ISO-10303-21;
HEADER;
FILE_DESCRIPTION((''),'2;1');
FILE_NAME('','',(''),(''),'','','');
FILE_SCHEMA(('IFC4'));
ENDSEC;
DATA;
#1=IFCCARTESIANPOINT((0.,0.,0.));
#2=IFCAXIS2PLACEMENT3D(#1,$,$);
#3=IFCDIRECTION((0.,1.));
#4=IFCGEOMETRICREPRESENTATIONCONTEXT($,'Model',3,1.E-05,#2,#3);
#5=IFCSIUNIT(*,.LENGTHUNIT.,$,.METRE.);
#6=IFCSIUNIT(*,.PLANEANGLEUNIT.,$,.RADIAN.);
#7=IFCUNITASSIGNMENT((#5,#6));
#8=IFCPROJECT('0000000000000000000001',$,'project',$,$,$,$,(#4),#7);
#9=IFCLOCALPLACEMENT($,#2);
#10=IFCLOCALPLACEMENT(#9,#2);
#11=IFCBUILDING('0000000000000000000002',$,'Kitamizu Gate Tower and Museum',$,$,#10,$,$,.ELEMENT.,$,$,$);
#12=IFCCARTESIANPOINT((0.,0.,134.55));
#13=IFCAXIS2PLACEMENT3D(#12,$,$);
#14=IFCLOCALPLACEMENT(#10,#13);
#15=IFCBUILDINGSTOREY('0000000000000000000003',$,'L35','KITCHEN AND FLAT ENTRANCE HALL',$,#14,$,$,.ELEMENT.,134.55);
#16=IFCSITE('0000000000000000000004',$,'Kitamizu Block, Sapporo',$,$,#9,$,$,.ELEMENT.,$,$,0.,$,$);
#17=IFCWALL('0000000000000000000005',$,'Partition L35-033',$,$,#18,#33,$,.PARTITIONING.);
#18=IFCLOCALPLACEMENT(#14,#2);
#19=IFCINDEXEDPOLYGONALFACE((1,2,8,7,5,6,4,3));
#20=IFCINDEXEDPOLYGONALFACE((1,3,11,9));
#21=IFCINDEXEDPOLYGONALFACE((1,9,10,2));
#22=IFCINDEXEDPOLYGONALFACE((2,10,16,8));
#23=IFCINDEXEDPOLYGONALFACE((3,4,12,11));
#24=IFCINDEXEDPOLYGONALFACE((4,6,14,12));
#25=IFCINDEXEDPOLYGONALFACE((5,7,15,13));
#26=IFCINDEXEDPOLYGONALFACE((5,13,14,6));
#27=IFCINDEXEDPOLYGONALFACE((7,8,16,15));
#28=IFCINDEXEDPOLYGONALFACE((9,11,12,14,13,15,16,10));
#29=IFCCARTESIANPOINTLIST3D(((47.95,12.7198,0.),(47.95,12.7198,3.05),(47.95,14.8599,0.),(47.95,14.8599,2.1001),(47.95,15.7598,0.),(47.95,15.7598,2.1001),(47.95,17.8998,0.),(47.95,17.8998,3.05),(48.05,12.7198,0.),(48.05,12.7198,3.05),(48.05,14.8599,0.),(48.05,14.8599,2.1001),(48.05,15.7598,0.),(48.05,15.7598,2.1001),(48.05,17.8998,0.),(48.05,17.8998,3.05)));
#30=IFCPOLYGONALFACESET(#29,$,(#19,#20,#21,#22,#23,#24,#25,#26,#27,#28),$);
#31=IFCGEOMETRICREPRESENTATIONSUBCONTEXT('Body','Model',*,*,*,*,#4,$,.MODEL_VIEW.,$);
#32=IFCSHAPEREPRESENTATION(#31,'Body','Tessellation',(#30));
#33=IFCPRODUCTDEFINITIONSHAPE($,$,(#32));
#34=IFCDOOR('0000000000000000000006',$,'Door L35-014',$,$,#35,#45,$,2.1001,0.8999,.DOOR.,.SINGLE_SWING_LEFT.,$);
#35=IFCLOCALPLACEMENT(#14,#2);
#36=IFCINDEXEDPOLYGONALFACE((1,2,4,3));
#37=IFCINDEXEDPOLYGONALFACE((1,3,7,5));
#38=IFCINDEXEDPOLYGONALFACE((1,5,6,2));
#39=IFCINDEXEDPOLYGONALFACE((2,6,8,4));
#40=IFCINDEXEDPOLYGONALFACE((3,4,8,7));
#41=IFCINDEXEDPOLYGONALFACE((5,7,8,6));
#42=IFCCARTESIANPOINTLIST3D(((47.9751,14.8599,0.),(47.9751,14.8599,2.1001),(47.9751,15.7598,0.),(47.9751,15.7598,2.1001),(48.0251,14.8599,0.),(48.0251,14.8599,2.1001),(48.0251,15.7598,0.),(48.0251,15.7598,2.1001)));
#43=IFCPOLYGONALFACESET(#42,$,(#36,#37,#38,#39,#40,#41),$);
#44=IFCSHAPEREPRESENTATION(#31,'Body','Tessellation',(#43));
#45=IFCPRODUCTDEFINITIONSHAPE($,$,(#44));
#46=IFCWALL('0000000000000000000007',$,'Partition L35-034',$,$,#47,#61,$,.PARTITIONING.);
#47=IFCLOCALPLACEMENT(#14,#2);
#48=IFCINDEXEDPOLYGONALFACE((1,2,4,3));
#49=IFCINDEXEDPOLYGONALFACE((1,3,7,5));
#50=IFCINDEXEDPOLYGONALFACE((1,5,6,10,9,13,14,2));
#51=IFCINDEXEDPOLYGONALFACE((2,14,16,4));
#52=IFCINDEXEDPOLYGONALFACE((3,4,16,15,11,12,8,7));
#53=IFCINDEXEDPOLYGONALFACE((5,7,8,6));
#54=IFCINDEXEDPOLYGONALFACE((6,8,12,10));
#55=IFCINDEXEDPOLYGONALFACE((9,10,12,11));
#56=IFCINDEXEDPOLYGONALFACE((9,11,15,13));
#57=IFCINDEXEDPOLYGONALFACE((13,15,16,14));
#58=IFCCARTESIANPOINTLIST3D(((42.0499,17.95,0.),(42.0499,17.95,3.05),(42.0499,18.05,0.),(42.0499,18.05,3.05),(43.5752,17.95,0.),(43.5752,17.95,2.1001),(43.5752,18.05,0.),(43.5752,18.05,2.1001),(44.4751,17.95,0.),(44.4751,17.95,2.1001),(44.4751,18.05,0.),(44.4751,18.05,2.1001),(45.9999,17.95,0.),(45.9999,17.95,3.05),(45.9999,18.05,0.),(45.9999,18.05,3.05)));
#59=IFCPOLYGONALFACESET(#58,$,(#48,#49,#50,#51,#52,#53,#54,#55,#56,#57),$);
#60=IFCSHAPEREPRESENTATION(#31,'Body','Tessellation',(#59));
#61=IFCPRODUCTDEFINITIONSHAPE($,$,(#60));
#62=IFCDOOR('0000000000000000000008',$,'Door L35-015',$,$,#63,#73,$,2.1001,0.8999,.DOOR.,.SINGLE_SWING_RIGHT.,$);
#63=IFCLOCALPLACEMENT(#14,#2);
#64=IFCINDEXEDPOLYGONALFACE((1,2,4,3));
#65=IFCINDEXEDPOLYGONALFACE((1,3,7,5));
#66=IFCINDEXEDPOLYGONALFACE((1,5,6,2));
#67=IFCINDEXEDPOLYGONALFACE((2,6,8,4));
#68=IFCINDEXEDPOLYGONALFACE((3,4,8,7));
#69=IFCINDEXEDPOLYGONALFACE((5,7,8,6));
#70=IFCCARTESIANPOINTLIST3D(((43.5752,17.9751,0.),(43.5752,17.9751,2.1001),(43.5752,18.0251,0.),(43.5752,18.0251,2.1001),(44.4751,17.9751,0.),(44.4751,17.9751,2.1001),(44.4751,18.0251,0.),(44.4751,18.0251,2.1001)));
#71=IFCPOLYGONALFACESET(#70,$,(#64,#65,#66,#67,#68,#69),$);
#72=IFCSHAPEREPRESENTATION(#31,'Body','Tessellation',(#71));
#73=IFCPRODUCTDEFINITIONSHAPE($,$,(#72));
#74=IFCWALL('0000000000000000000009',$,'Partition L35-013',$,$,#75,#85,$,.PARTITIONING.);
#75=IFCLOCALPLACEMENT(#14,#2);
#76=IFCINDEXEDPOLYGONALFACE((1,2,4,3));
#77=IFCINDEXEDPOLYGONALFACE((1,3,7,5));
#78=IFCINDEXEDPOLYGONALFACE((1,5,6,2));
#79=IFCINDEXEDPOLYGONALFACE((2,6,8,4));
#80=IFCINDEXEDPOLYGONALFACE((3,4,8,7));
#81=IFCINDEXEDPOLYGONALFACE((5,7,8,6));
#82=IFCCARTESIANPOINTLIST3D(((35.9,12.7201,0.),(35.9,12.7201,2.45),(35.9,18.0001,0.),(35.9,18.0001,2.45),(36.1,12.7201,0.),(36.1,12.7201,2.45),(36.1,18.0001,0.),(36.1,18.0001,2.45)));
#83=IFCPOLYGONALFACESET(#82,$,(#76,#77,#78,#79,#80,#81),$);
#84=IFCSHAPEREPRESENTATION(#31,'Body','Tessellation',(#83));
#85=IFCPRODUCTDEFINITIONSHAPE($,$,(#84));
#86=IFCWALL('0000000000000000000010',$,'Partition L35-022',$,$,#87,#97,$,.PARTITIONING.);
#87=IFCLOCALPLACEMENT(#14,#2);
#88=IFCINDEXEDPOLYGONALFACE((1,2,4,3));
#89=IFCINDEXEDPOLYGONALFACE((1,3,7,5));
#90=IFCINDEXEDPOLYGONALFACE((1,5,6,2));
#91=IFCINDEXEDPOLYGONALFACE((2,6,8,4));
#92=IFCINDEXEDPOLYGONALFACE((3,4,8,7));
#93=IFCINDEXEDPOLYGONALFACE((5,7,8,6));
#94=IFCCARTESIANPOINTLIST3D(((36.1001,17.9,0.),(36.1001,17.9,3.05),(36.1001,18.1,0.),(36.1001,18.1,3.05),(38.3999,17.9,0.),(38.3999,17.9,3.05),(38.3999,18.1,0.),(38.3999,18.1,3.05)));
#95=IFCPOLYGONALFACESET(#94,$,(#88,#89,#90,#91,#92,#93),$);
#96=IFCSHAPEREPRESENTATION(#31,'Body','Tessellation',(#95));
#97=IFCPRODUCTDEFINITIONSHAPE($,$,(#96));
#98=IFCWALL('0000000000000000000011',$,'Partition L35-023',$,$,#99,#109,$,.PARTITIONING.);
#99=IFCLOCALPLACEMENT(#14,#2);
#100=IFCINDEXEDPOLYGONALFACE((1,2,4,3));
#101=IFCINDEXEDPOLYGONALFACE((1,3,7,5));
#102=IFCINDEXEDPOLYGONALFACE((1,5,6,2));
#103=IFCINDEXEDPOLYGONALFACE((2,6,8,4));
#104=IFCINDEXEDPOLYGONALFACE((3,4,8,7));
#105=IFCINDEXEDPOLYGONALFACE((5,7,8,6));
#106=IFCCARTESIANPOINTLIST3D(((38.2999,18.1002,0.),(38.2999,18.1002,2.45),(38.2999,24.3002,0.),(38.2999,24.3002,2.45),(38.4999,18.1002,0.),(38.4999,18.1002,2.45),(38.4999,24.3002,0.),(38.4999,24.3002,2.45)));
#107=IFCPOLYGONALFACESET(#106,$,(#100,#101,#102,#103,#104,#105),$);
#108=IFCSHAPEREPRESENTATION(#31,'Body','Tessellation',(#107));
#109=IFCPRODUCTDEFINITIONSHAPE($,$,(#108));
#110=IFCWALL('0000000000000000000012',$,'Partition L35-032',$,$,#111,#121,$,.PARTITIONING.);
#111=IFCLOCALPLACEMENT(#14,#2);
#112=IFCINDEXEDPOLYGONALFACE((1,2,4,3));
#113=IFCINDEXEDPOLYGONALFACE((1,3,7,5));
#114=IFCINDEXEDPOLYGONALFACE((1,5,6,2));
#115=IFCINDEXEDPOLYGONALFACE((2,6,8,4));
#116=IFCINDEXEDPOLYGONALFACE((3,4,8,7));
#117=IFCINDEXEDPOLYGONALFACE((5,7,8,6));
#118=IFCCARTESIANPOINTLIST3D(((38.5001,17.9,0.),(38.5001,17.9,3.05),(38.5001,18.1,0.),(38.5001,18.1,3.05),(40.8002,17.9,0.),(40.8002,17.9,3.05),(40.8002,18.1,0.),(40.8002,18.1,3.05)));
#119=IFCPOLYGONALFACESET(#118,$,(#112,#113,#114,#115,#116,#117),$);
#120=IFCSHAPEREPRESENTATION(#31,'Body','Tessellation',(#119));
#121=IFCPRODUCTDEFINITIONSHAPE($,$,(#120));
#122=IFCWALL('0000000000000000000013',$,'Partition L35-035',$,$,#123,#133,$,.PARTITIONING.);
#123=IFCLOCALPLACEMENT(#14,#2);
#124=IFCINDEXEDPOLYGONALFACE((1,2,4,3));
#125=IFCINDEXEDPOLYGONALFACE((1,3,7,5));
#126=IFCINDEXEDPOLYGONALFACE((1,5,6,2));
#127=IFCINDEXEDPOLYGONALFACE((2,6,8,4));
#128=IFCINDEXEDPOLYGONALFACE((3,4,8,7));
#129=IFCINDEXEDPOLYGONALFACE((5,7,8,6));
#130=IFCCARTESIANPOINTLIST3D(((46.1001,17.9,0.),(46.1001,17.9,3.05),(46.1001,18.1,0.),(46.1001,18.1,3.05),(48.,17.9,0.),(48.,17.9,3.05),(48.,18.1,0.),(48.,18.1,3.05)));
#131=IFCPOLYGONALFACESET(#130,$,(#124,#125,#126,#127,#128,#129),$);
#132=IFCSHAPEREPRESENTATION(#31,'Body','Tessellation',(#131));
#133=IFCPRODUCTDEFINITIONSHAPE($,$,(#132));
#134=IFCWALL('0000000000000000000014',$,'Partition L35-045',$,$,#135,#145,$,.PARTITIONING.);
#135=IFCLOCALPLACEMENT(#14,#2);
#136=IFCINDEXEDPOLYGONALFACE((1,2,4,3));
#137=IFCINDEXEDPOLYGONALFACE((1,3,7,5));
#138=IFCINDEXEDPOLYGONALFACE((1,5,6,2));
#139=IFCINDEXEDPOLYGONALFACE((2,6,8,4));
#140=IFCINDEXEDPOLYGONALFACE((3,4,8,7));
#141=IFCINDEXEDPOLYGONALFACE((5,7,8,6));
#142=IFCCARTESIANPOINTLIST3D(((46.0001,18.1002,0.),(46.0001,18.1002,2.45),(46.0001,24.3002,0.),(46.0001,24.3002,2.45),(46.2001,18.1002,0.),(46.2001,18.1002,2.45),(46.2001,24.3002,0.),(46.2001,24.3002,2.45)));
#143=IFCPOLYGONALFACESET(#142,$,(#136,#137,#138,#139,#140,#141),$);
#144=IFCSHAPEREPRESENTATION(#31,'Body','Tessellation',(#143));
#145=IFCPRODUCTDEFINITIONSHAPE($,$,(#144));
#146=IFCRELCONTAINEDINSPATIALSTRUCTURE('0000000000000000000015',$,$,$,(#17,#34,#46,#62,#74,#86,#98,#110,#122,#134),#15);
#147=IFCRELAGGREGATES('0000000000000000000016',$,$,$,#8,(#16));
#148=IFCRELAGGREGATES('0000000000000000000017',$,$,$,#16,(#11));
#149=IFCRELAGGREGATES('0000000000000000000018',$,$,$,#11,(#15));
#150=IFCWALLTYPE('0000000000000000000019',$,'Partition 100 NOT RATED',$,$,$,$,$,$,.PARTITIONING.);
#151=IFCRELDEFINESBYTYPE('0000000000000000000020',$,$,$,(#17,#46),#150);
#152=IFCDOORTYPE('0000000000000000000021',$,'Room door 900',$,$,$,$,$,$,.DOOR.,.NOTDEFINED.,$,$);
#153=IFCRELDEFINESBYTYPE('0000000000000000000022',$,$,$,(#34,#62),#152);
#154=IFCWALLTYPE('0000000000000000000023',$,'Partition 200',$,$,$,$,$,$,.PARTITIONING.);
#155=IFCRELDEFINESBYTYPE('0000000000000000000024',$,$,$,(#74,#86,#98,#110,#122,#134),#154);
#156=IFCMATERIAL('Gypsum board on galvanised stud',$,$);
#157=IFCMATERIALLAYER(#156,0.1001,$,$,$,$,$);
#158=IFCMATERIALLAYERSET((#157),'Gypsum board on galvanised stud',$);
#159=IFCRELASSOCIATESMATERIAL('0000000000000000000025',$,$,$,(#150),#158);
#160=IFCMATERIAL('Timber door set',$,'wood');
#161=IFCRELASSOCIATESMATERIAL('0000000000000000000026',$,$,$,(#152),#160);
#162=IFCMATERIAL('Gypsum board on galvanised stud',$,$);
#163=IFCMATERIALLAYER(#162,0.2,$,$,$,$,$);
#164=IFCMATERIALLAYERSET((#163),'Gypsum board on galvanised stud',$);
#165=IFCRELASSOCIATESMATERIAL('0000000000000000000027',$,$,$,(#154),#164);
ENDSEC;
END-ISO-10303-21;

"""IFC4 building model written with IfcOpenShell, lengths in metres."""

from ifc_helpers import new_model, si_unit, direction, frame, frame_2d, origin, place, context, subcontext, project, spatial, rectangle, extrude, material, layer, layer_set, type_object, element, fill, save


model = new_model("IFC4")

# Units and contexts
model_context = context("Model", 3, precision=1e-05, world=origin(), true_north=direction((0.0, 1.0)))
body_context = subcontext(model_context, "Body", "Model", "MODEL_VIEW")
ifc_project = project(units=[si_unit("LENGTHUNIT", "METRE"), si_unit("PLANEANGLEUNIT", "RADIAN")], contexts=[model_context])

# Site, building, storey
site_placement = place(None, origin())
site = spatial("IfcSite", under=ifc_project, at=site_placement, Name="Kitamizu Block, Sapporo", CompositionType="ELEMENT", RefElevation=0.0)
building_placement = place(site_placement, origin())
building = spatial("IfcBuilding", under=site, at=building_placement, Name="Kitamizu Gate Tower and Museum", CompositionType="ELEMENT")
storey_placement = place(building_placement, frame((0.0, 0.0, 134.55)))
storey = spatial("IfcBuildingStorey", under=building, at=storey_placement, Name="L35", Description="KITCHEN AND FLAT ENTRANCE HALL", CompositionType="ELEMENT", Elevation=134.55)

# Shared definitions
ifc_material_1 = material(Name="Gypsum board on galvanised stud")
ifc_layer_1 = layer(ifc_material_1, 0.1001)
ifc_layer_set_1 = layer_set([ifc_layer_1], Name="Gypsum board on galvanised stud")
wall_type_1 = type_object("IfcWallType", Name="Partition 100 NOT RATED", PredefinedType="PARTITIONING", material=ifc_layer_set_1)

# Shared definitions
ifc_material_2 = material(Name="Timber door set", Category="wood")
door_type = type_object("IfcDoorType", Name="Room door 900", OperationType="NOTDEFINED", PredefinedType="DOOR", material=ifc_material_2)

# Walls, openings, doors
wall_1_placement = place(storey_placement, frame((48.0, 12.72, 0.0), z_axis=(0.0, 0.0, 1.0), x_axis=(0.0, 1.0, 0.0)))
wall_1 = element("IfcWall", 1, at=wall_1_placement, inside=storey, type_object=wall_type_1, Name="Partition L35-033", PredefinedType="PARTITIONING", context=body_context, shape_type="SweptSolid", body=[
    extrude(rectangle(XDim=5.1799, YDim=0.1001, at=frame_2d((2.5898, 0.0))), origin(), (0.0, 0.0, 1.0), 3.05),
])
opening_1_placement = place(wall_1_placement, frame((2.1399, 0.0, 0.0)))
opening_1 = element("IfcOpeningElement", 2, at=opening_1_placement, cuts=wall_1, PredefinedType="OPENING", context=body_context, shape_type="SweptSolid", body=[
    extrude(rectangle(XDim=0.8999, YDim=2.1001, at=frame_2d((0.45, 1.05))), frame((0.0, 0.0601, 0.0), z_axis=(0.0, -1.0, 0.0), x_axis=(1.0, 0.0, 0.0)), (0.0, 0.0, 1.0), 0.1201),
])
door_1_placement = place(opening_1_placement, origin())
door_1 = element("IfcDoor", 3, at=door_1_placement, inside=storey, type_object=door_type, Name="Door L35-014", OperationType="SINGLE_SWING_LEFT", OverallHeight=2.1001, OverallWidth=0.8999, PredefinedType="DOOR", context=body_context, shape_type="SweptSolid", body=[
    extrude(rectangle(XDim=0.8999, YDim=2.1001, at=frame_2d((0.45, 1.05))), frame((0.0, 0.0249, 0.0), z_axis=(0.0, -1.0, 0.0), x_axis=(1.0, 0.0, 0.0)), (0.0, 0.0, 1.0), 0.05),
])
fill(opening_1, door_1)
wall_2_placement = place(storey_placement, frame((46.0, 18.0, 0.0), z_axis=(0.0, 0.0, 1.0), x_axis=(-1.0, 0.0, 0.0)))
wall_2 = element("IfcWall", 4, at=wall_2_placement, inside=storey, type_object=wall_type_1, Name="Partition L35-034", PredefinedType="PARTITIONING", context=body_context, shape_type="SweptSolid", body=[
    extrude(rectangle(XDim=3.95, YDim=0.1001, at=frame_2d((1.9751, 0.0))), origin(), (0.0, 0.0, 1.0), 3.05),
])
opening_2_placement = place(wall_2_placement, frame((1.5249, 0.0, 0.0)))
opening_2 = element("IfcOpeningElement", 5, at=opening_2_placement, cuts=wall_2, PredefinedType="OPENING", context=body_context, shape_type="SweptSolid", body=[
    extrude(rectangle(XDim=0.8999, YDim=2.1001, at=frame_2d((0.45, 1.05))), frame((0.0, 0.0601, 0.0), z_axis=(0.0, -1.0, 0.0), x_axis=(1.0, 0.0, 0.0)), (0.0, 0.0, 1.0), 0.1201),
])
door_2_placement = place(opening_2_placement, origin())
door_2 = element("IfcDoor", 6, at=door_2_placement, inside=storey, type_object=door_type, Name="Door L35-015", OperationType="SINGLE_SWING_RIGHT", OverallHeight=2.1001, OverallWidth=0.8999, PredefinedType="DOOR", context=body_context, shape_type="SweptSolid", body=[
    extrude(rectangle(XDim=0.8999, YDim=2.1001, at=frame_2d((0.45, 1.05))), frame((0.0, 0.0249, 0.0), z_axis=(0.0, -1.0, 0.0), x_axis=(1.0, 0.0, 0.0)), (0.0, 0.0, 1.0), 0.05),
])
fill(opening_2, door_2)

# Walls
ifc_material_3 = material(Name="Gypsum board on galvanised stud")
ifc_layer_2 = layer(ifc_material_3, 0.2)
ifc_layer_set_2 = layer_set([ifc_layer_2], Name="Gypsum board on galvanised stud")
wall_type_2 = type_object("IfcWallType", Name="Partition 200", PredefinedType="PARTITIONING", material=ifc_layer_set_2)
wall_3_placement = place(storey_placement, frame((36.0, 12.72, 0.0), z_axis=(0.0, 0.0, 1.0), x_axis=(0.0, 1.0, 0.0)))
element("IfcWall", 7, at=wall_3_placement, inside=storey, type_object=wall_type_2, Name="Partition L35-013", PredefinedType="PARTITIONING", context=body_context, shape_type="SweptSolid", body=[
    extrude(rectangle(XDim=5.28, YDim=0.2, at=frame_2d((2.6401, 0.0))), origin(), (0.0, 0.0, 1.0), 2.45),
])
wall_4_placement = place(storey_placement, frame((36.1001, 18.0, 0.0), z_axis=(0.0, 0.0, 1.0), x_axis=(1.0, 0.0, 0.0)))
element("IfcWall", 8, at=wall_4_placement, inside=storey, type_object=wall_type_2, Name="Partition L35-022", PredefinedType="PARTITIONING", context=body_context, shape_type="SweptSolid", body=[
    extrude(rectangle(XDim=2.2998, YDim=0.2, at=frame_2d((1.1499, 0.0))), origin(), (0.0, 0.0, 1.0), 3.05),
])
wall_5_placement = place(storey_placement, frame((38.3999, 18.1001, 0.0), z_axis=(0.0, 0.0, 1.0), x_axis=(0.0, 1.0, 0.0)))
element("IfcWall", 9, at=wall_5_placement, inside=storey, type_object=wall_type_2, Name="Partition L35-023", PredefinedType="PARTITIONING", context=body_context, shape_type="SweptSolid", body=[
    extrude(rectangle(XDim=6.2, YDim=0.2, at=frame_2d((3.1001, 0.0))), origin(), (0.0, 0.0, 1.0), 2.45),
])
wall_6_placement = place(storey_placement, frame((40.8, 18.0, 0.0), z_axis=(0.0, 0.0, 1.0), x_axis=(-1.0, 0.0, 0.0)))
element("IfcWall", 10, at=wall_6_placement, inside=storey, type_object=wall_type_2, Name="Partition L35-032", PredefinedType="PARTITIONING", context=body_context, shape_type="SweptSolid", body=[
    extrude(rectangle(XDim=2.3, YDim=0.2, at=frame_2d((1.1499, 0.0))), origin(), (0.0, 0.0, 1.0), 3.05),
])
wall_7_placement = place(storey_placement, frame((48.0, 18.0, 0.0), z_axis=(0.0, 0.0, 1.0), x_axis=(-1.0, 0.0, 0.0)))
element("IfcWall", 11, at=wall_7_placement, inside=storey, type_object=wall_type_2, Name="Partition L35-035", PredefinedType="PARTITIONING", context=body_context, shape_type="SweptSolid", body=[
    extrude(rectangle(XDim=1.8999, YDim=0.2, at=frame_2d((0.95, 0.0))), origin(), (0.0, 0.0, 1.0), 3.05),
])
wall_8_placement = place(storey_placement, frame((46.1001, 18.1001, 0.0), z_axis=(0.0, 0.0, 1.0), x_axis=(0.0, 1.0, 0.0)))
element("IfcWall", 12, at=wall_8_placement, inside=storey, type_object=wall_type_2, Name="Partition L35-045", PredefinedType="PARTITIONING", context=body_context, shape_type="SweptSolid", body=[
    extrude(rectangle(XDim=6.2, YDim=0.2, at=frame_2d((3.1001, 0.0))), origin(), (0.0, 0.0, 1.0), 2.45),
])

save(model, "model.ifc")
